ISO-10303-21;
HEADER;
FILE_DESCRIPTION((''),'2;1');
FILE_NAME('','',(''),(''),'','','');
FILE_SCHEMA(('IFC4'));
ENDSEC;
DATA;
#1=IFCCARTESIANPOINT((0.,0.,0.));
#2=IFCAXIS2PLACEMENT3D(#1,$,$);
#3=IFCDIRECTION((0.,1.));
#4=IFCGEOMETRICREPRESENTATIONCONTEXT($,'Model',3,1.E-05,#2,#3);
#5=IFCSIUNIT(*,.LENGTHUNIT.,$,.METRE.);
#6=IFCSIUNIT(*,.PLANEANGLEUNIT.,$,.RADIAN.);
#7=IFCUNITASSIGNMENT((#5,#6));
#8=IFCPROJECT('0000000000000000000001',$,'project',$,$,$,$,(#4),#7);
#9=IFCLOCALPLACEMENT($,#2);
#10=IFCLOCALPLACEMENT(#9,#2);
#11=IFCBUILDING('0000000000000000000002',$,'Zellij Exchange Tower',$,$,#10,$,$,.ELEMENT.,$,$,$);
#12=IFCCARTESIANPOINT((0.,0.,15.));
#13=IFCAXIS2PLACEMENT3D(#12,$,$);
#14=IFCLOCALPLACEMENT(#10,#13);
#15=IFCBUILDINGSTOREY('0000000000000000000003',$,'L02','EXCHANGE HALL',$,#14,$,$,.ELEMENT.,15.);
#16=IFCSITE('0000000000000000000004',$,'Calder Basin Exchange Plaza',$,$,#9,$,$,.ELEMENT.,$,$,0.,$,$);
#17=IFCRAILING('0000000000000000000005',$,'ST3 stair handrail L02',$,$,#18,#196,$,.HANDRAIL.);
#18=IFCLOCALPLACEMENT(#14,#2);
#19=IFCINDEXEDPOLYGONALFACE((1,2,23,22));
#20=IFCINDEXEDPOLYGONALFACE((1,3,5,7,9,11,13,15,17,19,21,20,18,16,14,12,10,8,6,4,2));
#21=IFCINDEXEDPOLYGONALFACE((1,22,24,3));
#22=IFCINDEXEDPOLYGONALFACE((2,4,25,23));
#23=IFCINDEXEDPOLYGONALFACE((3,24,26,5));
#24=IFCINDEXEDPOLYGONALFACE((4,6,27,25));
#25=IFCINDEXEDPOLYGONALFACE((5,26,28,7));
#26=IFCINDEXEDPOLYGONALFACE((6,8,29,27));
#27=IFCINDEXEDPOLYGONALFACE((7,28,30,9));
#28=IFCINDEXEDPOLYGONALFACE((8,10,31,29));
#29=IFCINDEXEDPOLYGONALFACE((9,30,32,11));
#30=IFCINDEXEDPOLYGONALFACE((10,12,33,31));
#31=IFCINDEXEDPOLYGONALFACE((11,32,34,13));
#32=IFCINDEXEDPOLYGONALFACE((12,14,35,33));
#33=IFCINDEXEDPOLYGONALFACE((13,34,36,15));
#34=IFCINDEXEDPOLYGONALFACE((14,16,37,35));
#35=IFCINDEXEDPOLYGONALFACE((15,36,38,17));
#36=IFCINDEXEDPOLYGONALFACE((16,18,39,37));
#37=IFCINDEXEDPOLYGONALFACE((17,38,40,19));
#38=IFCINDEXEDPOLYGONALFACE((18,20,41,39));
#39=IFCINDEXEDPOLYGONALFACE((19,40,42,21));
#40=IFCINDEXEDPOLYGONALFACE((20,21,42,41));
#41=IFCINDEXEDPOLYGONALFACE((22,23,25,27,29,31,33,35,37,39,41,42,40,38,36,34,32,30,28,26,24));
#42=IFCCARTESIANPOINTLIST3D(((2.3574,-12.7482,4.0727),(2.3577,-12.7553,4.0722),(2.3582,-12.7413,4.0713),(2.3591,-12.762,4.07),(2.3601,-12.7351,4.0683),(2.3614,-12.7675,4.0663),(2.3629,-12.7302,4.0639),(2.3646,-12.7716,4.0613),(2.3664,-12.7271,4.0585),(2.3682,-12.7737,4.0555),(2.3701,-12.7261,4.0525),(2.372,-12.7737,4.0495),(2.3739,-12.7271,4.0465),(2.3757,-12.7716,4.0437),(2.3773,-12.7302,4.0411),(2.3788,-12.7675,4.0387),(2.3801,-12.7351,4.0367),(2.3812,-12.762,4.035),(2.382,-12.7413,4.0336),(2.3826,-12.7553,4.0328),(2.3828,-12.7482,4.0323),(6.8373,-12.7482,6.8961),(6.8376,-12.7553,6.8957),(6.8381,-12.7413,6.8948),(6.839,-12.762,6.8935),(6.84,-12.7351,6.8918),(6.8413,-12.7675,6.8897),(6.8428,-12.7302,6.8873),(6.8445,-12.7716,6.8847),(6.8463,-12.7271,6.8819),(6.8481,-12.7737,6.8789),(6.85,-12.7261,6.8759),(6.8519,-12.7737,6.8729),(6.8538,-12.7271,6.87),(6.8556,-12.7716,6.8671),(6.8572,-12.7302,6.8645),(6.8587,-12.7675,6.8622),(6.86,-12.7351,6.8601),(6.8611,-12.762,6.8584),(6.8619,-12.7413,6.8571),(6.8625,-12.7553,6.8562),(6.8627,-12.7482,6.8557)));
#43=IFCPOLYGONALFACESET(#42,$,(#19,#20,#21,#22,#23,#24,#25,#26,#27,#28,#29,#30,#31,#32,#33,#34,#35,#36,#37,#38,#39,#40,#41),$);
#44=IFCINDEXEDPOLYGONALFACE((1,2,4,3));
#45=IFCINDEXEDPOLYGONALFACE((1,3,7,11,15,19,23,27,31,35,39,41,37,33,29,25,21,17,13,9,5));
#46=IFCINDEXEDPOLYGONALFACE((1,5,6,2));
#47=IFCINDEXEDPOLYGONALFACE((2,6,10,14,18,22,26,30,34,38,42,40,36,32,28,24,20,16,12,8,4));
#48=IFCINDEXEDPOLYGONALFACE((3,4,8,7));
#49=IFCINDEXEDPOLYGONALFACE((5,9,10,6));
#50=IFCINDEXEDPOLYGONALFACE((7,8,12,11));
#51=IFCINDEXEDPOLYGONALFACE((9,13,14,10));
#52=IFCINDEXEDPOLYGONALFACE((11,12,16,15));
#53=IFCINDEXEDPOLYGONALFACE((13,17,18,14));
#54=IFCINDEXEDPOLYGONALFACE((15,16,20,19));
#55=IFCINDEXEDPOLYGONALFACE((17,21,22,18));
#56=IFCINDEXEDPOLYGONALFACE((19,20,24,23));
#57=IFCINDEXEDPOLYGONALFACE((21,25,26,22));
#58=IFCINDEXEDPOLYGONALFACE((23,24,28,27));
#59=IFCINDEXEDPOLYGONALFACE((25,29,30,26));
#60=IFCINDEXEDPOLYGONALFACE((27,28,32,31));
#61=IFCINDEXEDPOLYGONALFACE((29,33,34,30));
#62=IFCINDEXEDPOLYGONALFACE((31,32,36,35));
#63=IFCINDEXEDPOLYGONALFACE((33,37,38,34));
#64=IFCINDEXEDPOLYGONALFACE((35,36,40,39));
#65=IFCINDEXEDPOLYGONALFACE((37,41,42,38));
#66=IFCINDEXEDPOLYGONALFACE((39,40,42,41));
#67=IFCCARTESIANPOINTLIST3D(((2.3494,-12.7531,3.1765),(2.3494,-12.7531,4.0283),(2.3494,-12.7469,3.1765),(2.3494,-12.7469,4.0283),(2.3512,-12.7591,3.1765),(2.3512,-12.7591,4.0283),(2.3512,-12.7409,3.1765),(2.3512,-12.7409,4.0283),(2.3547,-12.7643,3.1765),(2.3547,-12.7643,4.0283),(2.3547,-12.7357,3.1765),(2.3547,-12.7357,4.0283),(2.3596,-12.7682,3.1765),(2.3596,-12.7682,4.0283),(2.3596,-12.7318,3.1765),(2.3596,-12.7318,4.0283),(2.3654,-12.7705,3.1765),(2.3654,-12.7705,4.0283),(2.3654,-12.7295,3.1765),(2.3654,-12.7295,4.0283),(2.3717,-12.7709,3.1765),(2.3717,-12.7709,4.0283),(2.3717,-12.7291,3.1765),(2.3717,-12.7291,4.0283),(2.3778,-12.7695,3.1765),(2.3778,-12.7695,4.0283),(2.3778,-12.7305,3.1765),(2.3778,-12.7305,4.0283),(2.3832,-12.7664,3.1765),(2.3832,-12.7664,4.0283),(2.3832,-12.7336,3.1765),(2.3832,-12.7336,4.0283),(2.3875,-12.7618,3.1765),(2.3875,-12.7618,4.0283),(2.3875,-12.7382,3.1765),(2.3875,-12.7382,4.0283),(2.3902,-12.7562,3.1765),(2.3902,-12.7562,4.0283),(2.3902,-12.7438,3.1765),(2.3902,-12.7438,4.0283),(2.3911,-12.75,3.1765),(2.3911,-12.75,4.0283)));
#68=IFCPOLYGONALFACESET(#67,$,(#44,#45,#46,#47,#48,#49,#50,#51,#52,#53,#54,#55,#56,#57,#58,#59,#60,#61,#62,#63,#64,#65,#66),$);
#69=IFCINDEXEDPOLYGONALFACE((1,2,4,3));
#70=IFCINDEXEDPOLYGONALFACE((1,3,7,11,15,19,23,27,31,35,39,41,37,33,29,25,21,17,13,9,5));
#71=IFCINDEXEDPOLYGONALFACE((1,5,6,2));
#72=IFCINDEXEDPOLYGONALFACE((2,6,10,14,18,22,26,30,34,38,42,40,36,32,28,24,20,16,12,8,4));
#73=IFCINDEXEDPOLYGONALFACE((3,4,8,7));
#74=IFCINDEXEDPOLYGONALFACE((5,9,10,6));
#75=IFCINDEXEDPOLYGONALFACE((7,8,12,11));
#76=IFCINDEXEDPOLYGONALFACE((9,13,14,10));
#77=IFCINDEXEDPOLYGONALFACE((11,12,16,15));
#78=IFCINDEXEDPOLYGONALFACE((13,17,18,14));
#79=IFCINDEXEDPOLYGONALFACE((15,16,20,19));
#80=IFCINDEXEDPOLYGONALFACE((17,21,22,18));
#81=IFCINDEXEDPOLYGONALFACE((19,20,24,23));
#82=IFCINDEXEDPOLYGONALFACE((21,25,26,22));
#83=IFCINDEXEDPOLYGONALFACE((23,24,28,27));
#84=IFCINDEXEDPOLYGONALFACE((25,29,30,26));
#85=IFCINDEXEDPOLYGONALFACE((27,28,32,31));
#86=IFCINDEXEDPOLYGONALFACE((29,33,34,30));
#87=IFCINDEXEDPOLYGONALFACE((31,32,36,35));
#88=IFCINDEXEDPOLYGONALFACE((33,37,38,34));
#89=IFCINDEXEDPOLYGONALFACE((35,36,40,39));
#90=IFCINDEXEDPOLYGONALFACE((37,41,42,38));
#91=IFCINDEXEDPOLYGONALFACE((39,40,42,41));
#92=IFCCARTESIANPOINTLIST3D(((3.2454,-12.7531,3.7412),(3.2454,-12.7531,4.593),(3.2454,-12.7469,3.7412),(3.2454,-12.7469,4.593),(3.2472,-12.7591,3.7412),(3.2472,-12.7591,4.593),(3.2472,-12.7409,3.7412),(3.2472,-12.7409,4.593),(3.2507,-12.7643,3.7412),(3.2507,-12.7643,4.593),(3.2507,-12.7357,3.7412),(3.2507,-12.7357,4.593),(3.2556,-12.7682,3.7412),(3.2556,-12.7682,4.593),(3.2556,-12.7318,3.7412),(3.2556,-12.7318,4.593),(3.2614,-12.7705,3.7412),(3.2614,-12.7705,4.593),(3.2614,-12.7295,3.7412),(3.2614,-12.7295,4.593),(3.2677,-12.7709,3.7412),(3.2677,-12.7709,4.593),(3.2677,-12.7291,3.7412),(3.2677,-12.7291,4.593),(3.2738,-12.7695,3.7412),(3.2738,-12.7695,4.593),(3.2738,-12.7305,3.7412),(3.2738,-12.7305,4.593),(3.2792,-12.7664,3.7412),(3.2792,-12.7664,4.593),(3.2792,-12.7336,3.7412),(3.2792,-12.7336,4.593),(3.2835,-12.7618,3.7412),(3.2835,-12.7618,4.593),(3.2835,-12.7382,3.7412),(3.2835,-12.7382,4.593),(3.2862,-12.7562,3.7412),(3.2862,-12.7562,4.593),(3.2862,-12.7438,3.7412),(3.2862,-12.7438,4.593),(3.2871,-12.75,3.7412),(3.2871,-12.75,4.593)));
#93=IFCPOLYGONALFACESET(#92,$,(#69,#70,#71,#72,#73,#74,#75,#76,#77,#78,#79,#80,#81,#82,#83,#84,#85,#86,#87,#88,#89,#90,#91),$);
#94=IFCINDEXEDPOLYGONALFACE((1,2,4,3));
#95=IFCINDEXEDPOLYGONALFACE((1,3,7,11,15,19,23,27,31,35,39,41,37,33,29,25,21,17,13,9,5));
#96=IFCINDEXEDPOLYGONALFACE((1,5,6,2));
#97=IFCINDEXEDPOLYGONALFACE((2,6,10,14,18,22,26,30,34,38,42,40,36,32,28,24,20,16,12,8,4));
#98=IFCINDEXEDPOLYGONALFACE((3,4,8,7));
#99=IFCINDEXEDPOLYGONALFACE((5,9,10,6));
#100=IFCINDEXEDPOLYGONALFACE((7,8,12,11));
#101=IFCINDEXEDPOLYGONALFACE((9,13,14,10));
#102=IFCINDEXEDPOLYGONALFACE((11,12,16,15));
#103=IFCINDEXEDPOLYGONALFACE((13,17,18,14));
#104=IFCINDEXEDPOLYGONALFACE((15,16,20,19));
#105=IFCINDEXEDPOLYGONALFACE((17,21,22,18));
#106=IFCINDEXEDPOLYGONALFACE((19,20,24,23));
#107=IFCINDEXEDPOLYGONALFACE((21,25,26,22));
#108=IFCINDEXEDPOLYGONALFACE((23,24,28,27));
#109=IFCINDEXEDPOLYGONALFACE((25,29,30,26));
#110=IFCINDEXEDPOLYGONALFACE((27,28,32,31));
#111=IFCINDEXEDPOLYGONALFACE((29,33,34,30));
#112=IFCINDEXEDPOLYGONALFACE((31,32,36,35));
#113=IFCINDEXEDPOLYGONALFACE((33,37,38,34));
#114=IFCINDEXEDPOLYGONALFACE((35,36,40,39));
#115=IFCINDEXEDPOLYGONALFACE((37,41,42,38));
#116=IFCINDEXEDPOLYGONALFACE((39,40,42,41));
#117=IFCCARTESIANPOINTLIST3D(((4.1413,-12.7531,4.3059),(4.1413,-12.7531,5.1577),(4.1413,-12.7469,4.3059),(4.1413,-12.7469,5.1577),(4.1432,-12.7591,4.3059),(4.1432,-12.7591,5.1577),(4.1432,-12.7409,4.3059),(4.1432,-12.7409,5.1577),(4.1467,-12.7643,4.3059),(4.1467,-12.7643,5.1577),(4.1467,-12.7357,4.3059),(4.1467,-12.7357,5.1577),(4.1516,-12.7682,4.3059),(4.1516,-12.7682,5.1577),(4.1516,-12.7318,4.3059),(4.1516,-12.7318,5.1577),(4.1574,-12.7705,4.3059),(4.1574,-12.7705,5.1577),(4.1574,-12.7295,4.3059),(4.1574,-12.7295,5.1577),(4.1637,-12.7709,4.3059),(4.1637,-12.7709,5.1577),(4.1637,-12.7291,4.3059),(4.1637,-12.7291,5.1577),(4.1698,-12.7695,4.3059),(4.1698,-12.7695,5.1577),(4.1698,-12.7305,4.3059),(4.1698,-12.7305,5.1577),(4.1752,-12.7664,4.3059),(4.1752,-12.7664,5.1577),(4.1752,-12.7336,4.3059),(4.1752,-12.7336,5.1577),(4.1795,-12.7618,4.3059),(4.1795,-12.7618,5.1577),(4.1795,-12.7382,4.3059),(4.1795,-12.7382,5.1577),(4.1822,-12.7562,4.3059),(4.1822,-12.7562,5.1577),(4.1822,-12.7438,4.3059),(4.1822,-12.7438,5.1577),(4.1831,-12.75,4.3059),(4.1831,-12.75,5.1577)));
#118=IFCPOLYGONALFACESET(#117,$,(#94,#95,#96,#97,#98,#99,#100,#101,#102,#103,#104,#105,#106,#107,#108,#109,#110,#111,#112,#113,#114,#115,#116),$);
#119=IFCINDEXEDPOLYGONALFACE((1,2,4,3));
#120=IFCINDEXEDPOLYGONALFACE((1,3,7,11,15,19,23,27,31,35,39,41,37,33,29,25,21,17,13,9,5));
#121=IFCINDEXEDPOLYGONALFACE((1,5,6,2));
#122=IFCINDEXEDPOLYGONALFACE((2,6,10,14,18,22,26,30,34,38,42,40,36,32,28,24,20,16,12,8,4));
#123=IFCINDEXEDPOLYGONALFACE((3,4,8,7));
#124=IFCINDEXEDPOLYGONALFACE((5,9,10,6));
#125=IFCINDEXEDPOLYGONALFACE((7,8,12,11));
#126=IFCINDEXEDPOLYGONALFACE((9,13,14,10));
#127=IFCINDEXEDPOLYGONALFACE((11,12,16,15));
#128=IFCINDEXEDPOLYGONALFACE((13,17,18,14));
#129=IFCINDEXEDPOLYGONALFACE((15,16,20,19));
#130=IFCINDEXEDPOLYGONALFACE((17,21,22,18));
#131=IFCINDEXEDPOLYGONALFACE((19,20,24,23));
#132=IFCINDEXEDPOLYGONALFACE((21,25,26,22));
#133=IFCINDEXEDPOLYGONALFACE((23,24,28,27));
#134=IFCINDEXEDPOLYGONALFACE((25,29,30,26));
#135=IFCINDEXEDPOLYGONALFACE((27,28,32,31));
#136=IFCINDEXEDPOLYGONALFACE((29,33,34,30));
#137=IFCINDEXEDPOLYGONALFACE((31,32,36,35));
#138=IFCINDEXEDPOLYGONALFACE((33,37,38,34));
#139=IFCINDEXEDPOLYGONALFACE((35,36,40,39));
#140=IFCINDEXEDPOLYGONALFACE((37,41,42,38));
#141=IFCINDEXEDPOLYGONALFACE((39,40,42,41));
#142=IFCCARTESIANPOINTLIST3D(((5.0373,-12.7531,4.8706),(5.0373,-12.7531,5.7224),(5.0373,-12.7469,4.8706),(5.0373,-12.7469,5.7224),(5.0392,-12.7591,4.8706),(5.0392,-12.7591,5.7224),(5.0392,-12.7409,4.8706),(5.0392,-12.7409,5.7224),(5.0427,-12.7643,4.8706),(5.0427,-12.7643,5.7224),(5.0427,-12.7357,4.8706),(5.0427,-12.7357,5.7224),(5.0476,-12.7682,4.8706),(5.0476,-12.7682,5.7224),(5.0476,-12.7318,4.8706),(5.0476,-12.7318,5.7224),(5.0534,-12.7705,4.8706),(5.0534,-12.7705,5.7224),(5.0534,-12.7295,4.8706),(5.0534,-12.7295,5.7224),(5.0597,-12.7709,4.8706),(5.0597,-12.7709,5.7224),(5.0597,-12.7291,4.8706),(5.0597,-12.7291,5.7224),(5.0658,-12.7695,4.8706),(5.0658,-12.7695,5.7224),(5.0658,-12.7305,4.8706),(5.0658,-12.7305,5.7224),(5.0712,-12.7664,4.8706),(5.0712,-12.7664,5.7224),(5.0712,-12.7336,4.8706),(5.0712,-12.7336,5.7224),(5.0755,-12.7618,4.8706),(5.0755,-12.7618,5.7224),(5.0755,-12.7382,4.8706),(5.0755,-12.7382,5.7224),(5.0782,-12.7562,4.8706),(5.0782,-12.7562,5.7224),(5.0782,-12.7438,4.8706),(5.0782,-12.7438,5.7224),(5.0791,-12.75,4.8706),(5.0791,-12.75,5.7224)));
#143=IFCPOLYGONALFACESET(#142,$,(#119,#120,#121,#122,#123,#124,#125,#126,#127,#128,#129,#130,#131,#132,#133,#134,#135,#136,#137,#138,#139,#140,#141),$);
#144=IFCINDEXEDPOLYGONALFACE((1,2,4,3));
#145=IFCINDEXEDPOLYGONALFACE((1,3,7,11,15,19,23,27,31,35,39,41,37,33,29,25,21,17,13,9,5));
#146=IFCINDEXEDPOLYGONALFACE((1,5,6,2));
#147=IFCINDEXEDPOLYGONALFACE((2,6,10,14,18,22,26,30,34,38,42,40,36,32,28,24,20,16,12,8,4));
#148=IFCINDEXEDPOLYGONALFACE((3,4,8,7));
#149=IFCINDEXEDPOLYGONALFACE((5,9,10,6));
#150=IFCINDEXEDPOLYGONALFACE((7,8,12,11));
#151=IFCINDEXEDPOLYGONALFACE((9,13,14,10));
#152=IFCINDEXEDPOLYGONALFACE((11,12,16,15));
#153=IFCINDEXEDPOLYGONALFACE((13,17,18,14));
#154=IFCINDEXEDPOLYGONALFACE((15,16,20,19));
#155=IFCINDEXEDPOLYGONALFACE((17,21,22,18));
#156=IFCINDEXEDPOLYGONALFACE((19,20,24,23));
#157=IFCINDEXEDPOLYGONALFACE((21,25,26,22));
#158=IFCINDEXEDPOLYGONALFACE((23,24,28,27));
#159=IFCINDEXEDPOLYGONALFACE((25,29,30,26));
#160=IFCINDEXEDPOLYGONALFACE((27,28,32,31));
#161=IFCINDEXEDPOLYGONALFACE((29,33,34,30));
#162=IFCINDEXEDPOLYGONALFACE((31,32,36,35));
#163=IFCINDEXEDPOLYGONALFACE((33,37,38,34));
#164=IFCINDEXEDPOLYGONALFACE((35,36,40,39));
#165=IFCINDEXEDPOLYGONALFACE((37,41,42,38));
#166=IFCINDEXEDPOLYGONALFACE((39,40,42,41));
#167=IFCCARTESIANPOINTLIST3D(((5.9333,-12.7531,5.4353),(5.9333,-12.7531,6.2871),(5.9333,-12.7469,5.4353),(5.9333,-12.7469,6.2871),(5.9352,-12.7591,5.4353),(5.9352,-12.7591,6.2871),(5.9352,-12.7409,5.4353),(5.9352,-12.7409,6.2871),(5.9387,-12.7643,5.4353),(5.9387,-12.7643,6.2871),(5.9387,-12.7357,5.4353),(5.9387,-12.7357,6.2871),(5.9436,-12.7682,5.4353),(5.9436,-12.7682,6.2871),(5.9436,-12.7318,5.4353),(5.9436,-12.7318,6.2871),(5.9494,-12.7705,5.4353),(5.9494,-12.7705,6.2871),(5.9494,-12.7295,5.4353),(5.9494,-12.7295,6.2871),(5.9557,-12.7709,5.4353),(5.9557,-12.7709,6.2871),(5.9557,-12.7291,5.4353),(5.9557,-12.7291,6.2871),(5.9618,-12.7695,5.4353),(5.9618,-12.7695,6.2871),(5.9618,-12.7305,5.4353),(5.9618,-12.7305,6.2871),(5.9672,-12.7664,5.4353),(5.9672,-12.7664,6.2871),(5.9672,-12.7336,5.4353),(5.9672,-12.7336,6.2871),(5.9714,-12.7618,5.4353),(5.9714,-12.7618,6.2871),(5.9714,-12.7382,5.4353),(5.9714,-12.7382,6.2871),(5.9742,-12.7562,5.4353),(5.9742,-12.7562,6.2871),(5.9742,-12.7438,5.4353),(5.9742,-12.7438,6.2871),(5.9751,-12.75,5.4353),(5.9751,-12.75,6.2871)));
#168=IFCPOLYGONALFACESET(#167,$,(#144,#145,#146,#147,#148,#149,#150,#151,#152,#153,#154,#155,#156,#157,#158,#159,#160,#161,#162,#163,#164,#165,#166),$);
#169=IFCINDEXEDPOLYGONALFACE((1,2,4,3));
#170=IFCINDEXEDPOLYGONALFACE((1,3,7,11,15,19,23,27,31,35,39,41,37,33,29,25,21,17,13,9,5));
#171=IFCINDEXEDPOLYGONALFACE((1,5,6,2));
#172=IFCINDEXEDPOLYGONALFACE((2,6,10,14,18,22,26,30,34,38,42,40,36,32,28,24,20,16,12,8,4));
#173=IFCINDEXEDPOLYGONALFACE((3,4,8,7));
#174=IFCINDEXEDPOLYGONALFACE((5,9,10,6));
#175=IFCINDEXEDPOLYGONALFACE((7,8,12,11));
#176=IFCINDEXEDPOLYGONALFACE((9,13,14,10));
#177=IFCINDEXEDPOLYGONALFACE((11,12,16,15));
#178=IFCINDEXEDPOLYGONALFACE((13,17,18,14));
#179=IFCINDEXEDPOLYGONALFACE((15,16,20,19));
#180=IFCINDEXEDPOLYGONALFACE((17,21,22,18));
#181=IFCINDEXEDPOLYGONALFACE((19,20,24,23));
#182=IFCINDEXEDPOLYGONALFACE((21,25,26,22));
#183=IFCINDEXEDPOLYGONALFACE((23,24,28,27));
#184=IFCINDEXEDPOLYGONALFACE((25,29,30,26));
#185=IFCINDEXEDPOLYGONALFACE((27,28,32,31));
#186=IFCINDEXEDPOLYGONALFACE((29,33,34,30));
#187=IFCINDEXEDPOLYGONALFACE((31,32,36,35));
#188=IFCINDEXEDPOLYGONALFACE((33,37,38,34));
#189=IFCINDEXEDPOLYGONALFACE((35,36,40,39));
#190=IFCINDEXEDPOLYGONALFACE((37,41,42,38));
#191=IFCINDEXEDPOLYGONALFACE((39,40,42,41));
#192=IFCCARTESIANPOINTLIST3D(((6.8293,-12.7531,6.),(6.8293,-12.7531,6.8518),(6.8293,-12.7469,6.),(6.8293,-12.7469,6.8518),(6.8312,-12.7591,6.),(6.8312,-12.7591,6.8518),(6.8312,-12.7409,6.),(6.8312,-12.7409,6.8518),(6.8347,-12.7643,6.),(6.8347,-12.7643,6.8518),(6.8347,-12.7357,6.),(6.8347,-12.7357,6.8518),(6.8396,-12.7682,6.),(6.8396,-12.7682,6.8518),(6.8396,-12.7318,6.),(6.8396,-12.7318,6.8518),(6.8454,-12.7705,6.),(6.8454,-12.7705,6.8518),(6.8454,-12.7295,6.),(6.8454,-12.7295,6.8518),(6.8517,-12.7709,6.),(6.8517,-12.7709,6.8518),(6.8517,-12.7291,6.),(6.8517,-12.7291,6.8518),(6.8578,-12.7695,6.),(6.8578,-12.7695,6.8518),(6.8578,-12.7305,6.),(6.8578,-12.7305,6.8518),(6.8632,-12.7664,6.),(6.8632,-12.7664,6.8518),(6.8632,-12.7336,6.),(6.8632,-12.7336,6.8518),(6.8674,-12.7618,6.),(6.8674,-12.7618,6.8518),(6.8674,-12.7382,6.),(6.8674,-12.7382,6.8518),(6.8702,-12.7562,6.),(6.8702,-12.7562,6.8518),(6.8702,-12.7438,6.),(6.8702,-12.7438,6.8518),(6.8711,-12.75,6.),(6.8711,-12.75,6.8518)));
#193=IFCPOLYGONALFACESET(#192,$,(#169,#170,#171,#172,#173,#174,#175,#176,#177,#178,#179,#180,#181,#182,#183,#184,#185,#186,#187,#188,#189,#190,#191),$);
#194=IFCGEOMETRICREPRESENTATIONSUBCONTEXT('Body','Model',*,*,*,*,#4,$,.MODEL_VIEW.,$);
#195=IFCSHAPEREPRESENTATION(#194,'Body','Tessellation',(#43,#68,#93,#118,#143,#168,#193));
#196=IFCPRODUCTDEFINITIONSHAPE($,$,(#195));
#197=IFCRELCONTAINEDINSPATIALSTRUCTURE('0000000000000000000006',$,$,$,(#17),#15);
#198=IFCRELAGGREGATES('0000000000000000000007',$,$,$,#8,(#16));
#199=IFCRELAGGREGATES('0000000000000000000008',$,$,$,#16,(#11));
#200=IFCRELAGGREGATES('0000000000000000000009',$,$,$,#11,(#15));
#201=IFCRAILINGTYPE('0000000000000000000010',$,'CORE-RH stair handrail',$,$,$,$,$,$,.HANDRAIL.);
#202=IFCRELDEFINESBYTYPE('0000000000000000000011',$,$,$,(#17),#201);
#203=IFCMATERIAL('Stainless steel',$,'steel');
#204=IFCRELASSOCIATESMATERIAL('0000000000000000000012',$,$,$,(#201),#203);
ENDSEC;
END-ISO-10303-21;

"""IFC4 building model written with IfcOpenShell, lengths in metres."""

from ifc_helpers import new_model, si_unit, direction, frame, origin, origin_2d, place, context, subcontext, project, spatial, circle, extrude, material, type_object, element, save


model = new_model("IFC4")

# Units and contexts
model_context = context("Model", 3, precision=1e-05, world=origin(), true_north=direction((0.0, 1.0)))
body_context = subcontext(model_context, "Body", "Model", "MODEL_VIEW")
ifc_project = project(units=[si_unit("LENGTHUNIT", "METRE"), si_unit("PLANEANGLEUNIT", "RADIAN")], contexts=[model_context])

# Site, building, storey
site_placement = place(None, origin())
site = spatial("IfcSite", under=ifc_project, at=site_placement, Name="Calder Basin Exchange Plaza", CompositionType="ELEMENT", RefElevation=0.0)
building_placement = place(site_placement, origin())
building = spatial("IfcBuilding", under=site, at=building_placement, Name="Zellij Exchange Tower", CompositionType="ELEMENT")
storey_placement = place(building_placement, frame((0.0, 0.0, 15.0)))
storey = spatial("IfcBuildingStorey", under=building, at=storey_placement, Name="L02", Description="EXCHANGE HALL", CompositionType="ELEMENT", Elevation=15.0)

# Railing
ifc_material_1 = material(Name="Stainless steel", Category="steel")
railing_type = type_object("IfcRailingType", Name="CORE-RH stair handrail", PredefinedType="HANDRAIL", material=ifc_material_1)
railing_placement = place(storey_placement, frame((2.3701, -12.75, 3.1765)))
element("IfcRailing", 1, at=railing_placement, inside=storey, type_object=railing_type, Name="ST3 stair handrail L02", PredefinedType="HANDRAIL", context=body_context, shape_type="SweptSolid", body=[
    extrude(circle(Radius=0.0239, at=origin_2d()), frame((0.0, 0.0, 0.876), z_axis=(0.845998, 0.0, 0.533186), x_axis=(0.0, 1.0, 0.0)), (0.0, 0.0, 1.0), 5.2954),
    extrude(circle(Radius=0.021, at=origin_2d()), origin(), (0.0, 0.0, 1.0), 0.8518),
    extrude(circle(Radius=0.021, at=origin_2d()), frame((0.896, 0.0, 0.5647)), (0.0, 0.0, 1.0), 0.8518),
    extrude(circle(Radius=0.021, at=origin_2d()), frame((1.792, 0.0, 1.1294)), (0.0, 0.0, 1.0), 0.8518),
    extrude(circle(Radius=0.021, at=origin_2d()), frame((2.688, 0.0, 1.6941)), (0.0, 0.0, 1.0), 0.8518),
    extrude(circle(Radius=0.021, at=origin_2d()), frame((3.584, 0.0, 2.2588)), (0.0, 0.0, 1.0), 0.8518),
    extrude(circle(Radius=0.021, at=origin_2d()), frame((4.48, 0.0, 2.8235)), (0.0, 0.0, 1.0), 0.8518),
])

save(model, "model.ifc")
